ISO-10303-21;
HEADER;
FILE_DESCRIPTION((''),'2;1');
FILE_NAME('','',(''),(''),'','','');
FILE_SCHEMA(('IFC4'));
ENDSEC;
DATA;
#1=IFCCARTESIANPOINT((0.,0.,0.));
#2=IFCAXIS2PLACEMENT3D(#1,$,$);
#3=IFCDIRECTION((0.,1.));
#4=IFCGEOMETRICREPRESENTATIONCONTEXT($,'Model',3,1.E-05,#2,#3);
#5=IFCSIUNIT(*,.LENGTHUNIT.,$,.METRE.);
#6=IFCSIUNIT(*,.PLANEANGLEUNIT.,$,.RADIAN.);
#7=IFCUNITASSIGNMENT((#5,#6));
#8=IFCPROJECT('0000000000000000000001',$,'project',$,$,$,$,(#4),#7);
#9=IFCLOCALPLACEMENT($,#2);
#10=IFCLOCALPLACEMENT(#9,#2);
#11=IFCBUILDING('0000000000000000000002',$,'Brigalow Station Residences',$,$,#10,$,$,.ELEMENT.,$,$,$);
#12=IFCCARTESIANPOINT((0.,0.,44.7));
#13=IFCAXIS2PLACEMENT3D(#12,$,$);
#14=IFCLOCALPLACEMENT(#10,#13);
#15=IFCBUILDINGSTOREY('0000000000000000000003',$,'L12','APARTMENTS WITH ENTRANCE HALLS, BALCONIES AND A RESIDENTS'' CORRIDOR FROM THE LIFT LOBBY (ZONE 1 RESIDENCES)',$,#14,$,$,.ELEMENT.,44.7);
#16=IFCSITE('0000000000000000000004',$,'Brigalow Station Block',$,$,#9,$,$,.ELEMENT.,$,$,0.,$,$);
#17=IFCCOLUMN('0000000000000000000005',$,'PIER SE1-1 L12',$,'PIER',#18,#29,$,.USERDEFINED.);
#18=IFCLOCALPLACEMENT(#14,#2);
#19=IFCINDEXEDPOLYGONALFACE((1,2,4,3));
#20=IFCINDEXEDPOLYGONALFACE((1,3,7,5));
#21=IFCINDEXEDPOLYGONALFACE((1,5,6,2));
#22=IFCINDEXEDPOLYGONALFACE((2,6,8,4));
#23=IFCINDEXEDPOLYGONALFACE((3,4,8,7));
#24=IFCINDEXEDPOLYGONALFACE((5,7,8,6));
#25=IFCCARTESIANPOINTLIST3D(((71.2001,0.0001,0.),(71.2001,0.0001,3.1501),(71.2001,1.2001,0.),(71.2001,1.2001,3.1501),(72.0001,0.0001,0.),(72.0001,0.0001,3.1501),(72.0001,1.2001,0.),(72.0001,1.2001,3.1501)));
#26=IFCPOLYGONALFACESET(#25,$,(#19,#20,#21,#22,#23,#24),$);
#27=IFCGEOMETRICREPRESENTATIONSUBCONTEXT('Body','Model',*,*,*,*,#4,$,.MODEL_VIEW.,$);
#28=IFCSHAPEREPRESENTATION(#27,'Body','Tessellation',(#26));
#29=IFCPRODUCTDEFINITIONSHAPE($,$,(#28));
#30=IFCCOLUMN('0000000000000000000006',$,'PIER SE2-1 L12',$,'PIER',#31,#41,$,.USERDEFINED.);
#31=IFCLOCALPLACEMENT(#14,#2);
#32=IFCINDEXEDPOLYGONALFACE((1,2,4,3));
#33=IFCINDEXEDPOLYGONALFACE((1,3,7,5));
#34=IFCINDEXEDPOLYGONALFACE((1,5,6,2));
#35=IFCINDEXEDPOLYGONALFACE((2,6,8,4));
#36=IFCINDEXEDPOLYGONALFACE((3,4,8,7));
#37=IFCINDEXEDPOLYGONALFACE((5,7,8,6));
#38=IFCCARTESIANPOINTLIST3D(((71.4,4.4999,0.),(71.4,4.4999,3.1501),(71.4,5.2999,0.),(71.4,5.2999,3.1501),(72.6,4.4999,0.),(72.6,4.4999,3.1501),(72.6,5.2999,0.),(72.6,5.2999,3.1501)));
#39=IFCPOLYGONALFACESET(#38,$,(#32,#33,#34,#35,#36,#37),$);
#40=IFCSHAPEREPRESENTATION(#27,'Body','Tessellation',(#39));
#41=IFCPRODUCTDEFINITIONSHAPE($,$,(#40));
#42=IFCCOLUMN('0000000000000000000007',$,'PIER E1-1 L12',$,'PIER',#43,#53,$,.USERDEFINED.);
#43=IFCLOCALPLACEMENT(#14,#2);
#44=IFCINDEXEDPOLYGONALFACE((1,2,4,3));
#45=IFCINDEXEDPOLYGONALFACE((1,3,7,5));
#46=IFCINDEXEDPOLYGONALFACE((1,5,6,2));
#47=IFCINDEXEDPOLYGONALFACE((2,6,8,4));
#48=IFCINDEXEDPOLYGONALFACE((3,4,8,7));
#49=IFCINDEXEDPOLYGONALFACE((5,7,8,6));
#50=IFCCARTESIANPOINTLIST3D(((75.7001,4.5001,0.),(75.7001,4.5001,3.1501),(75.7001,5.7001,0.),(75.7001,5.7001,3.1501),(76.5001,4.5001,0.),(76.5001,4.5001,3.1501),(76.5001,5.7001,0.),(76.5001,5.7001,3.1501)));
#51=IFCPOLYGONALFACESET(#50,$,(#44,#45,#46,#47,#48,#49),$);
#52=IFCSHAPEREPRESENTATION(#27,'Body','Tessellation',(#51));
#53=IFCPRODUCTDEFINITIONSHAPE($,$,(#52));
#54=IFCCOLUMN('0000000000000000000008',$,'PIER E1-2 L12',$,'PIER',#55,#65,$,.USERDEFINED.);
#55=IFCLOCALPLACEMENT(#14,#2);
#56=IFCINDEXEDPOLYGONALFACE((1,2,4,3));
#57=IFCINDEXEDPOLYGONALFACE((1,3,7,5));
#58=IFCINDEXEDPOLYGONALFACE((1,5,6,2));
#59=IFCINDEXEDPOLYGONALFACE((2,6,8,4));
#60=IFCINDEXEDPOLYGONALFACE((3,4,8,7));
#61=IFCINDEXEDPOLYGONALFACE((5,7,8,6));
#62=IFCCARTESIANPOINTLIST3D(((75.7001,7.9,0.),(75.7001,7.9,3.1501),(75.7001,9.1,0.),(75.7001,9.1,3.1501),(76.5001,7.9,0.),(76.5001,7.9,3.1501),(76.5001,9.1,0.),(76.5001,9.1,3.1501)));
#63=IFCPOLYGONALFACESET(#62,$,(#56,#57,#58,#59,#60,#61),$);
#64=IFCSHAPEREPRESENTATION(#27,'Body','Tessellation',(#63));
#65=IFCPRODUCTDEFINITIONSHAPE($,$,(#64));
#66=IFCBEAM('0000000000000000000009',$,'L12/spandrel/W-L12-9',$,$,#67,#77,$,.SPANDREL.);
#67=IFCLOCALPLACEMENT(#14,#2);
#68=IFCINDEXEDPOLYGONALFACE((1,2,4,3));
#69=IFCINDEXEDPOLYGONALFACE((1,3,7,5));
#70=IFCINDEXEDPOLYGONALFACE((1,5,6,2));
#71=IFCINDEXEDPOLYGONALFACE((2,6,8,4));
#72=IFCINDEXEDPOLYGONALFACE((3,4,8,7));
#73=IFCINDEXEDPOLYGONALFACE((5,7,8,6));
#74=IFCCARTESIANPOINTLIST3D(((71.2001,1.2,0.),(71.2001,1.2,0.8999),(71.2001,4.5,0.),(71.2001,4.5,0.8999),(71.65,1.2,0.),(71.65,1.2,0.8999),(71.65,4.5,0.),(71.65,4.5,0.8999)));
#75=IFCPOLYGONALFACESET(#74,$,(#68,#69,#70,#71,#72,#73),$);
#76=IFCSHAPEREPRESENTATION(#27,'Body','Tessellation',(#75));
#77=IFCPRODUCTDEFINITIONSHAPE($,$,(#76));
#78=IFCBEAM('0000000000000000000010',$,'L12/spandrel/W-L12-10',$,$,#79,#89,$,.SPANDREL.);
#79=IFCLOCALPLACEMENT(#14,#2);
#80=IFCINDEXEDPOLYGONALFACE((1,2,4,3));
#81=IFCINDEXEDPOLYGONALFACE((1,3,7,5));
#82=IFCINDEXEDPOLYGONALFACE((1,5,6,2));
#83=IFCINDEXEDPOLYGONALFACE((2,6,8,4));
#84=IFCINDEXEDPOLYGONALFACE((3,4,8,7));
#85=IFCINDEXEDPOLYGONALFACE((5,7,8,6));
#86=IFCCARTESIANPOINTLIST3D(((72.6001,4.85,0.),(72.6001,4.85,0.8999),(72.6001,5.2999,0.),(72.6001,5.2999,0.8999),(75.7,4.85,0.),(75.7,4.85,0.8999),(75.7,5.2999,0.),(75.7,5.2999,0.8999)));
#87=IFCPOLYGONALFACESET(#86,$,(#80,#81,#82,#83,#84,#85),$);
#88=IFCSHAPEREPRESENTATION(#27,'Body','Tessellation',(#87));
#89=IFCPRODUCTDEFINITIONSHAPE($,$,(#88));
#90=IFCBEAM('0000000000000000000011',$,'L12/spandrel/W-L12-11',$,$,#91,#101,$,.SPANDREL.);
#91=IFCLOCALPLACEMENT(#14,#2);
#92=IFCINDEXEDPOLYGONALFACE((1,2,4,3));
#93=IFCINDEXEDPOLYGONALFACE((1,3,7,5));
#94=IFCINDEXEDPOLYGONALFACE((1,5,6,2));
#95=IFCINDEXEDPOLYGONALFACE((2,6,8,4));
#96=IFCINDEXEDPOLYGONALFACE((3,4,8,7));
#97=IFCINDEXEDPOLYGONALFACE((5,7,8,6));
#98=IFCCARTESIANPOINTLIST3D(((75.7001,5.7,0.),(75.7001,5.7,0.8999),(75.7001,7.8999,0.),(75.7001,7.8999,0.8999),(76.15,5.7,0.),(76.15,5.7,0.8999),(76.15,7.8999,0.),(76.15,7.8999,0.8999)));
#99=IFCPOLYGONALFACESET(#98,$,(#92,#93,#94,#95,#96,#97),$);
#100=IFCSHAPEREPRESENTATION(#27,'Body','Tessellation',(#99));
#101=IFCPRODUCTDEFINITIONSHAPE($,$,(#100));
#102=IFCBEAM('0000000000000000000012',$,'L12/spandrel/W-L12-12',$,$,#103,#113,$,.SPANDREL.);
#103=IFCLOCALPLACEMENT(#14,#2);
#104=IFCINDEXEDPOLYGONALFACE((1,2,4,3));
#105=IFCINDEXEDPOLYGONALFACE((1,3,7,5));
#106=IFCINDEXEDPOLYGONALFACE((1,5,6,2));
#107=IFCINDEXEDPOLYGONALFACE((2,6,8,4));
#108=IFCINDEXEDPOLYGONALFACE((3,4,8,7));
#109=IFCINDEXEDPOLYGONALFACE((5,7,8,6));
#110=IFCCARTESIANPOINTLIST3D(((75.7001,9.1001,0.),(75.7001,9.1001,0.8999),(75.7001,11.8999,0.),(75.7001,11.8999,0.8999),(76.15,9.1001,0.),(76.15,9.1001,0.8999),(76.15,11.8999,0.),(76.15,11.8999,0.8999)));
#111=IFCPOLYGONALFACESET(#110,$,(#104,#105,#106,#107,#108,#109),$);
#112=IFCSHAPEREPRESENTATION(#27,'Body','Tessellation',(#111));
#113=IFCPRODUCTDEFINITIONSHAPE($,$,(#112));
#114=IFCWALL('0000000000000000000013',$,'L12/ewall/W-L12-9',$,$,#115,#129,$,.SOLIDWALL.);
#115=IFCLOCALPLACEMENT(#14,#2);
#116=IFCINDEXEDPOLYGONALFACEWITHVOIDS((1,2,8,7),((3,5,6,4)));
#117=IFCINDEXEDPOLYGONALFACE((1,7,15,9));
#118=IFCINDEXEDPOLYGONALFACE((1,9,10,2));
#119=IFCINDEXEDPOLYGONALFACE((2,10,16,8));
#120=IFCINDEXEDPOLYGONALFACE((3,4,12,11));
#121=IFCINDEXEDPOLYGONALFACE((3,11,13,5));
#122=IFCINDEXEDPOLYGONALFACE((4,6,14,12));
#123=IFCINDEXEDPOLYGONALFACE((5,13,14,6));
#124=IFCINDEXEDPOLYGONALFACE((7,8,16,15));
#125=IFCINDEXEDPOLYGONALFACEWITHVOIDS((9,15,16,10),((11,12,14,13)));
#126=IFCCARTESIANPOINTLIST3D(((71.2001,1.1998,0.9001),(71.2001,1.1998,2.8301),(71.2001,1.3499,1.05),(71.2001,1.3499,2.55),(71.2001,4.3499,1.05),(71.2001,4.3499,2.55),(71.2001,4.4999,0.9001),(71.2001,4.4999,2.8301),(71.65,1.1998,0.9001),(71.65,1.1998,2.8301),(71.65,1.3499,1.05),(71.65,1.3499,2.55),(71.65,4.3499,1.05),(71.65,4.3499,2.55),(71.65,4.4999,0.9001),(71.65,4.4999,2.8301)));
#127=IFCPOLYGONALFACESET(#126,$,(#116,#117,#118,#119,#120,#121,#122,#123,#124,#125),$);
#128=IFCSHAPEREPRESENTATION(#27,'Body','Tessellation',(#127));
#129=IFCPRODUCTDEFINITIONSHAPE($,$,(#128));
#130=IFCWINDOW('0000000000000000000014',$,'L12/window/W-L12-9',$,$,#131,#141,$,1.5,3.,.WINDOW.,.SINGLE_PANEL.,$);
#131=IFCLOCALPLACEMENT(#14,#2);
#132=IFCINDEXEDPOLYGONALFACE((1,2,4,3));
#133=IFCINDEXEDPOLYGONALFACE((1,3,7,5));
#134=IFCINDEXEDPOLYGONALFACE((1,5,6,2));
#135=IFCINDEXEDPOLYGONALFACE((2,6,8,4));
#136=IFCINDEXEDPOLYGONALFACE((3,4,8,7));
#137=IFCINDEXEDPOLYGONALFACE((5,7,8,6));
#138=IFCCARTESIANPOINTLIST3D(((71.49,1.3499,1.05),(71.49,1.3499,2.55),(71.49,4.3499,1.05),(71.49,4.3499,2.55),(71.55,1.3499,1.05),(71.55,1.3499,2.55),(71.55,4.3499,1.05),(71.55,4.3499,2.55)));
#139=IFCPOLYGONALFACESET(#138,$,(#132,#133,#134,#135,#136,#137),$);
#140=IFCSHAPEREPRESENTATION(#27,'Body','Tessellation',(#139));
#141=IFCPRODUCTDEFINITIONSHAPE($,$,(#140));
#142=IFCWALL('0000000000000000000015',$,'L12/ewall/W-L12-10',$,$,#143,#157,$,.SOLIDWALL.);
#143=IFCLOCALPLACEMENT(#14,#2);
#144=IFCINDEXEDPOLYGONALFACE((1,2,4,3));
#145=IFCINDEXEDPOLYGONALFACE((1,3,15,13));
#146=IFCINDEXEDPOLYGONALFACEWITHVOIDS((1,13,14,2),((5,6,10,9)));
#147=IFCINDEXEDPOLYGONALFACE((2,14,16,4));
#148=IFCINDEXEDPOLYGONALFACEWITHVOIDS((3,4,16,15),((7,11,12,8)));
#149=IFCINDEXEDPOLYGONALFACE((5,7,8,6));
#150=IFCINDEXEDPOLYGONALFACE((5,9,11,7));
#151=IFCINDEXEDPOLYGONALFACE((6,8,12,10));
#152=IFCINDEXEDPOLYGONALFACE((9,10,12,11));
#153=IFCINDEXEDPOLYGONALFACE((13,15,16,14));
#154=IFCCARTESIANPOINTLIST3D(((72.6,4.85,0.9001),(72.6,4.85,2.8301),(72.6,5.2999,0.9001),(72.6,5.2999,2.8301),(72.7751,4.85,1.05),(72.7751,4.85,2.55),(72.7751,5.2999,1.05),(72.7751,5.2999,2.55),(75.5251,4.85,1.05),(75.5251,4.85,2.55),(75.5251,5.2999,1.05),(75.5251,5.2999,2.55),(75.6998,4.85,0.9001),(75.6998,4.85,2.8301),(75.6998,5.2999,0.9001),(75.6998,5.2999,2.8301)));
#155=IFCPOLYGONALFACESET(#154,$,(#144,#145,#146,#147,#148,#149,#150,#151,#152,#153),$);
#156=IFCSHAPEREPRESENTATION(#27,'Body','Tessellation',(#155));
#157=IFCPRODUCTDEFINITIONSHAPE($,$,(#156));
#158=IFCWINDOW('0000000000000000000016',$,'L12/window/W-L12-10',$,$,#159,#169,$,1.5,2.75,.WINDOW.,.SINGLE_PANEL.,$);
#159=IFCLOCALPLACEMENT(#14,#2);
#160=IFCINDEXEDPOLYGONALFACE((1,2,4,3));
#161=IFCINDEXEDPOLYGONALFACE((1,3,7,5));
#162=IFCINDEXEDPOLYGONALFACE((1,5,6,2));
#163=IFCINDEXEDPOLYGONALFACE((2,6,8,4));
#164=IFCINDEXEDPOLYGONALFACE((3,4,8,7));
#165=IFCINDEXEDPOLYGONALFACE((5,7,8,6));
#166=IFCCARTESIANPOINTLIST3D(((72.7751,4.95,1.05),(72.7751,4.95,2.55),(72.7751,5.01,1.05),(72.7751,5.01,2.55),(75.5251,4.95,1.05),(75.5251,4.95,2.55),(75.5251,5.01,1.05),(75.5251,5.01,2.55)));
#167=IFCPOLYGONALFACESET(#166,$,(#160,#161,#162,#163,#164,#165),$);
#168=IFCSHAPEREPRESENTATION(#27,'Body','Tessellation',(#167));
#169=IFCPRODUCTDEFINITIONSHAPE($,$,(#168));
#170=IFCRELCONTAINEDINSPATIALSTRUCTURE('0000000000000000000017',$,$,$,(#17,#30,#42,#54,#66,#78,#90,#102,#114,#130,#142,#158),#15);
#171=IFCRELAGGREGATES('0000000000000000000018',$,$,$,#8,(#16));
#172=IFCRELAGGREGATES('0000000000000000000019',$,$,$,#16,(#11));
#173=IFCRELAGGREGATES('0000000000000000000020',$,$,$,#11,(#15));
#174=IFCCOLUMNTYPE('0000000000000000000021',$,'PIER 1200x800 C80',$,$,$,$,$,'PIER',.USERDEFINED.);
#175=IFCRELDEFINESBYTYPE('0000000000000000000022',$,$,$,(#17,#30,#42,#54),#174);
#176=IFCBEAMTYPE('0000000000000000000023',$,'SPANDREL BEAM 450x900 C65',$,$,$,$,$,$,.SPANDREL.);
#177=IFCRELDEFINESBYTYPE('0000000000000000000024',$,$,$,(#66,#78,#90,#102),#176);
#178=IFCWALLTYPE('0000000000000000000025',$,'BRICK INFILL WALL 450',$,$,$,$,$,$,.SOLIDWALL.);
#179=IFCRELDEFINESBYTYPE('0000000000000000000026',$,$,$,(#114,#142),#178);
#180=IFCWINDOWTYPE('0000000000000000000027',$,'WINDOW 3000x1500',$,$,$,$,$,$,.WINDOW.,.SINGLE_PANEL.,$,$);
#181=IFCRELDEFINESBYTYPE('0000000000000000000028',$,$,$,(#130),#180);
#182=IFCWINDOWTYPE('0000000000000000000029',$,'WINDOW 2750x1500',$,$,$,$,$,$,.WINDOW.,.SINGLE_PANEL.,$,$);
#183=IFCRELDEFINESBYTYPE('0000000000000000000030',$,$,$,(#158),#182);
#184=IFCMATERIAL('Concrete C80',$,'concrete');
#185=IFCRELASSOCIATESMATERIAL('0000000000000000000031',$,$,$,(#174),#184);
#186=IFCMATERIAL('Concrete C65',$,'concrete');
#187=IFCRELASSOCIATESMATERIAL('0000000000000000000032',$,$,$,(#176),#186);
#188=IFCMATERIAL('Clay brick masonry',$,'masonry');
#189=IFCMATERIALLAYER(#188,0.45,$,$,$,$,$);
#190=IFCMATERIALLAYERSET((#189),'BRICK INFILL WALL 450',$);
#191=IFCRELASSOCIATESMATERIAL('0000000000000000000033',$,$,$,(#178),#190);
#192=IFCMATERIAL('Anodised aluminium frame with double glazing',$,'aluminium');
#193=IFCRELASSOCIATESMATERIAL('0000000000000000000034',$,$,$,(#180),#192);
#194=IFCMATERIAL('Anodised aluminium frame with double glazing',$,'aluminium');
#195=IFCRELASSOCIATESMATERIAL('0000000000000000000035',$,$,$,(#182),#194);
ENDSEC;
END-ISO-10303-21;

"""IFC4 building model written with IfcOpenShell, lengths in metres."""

from ifc_helpers import new_model, si_unit, direction, frame, frame_2d, origin, origin_2d, place, context, subcontext, project, spatial, rectangle, extrude, material, layer, layer_set, material_profile, profile_set, type_object, element, fill, save


model = new_model("IFC4")

# Units and contexts
model_context = context("Model", 3, precision=1e-05, world=origin(), true_north=direction((0.0, 1.0)))
body_context = subcontext(model_context, "Body", "Model", "MODEL_VIEW")
ifc_project = project(units=[si_unit("LENGTHUNIT", "METRE"), si_unit("PLANEANGLEUNIT", "RADIAN")], contexts=[model_context])

# Site, building, storey
site_placement = place(None, origin())
site = spatial("IfcSite", under=ifc_project, at=site_placement, Name="Brigalow Station Block", CompositionType="ELEMENT", RefElevation=0.0)
building_placement = place(site_placement, origin())
building = spatial("IfcBuilding", under=site, at=building_placement, Name="Brigalow Station Residences", CompositionType="ELEMENT")
storey_placement = place(building_placement, frame((0.0, 0.0, 44.7)))
storey = spatial("IfcBuildingStorey", under=building, at=storey_placement, Name="L12", Description="APARTMENTS WITH ENTRANCE HALLS, BALCONIES AND A RESIDENTS' CORRIDOR FROM THE LIFT LOBBY (ZONE 1 RESIDENCES)", CompositionType="ELEMENT", Elevation=44.7)

# Columns
ifc_material_1 = material(Name="Concrete C80", Category="concrete")
ifc_material_profile_1 = material_profile(ifc_material_1, rectangle(XDim=1.2, YDim=0.8, at=origin_2d()), Name="RC1200x800")
ifc_profile_set_1 = profile_set([ifc_material_profile_1], Name="Concrete C80")
column_type = type_object("IfcColumnType", Name="PIER 1200x800 C80", ElementType="PIER", PredefinedType="USERDEFINED", material=ifc_profile_set_1)
for number, where, z_axis, x_axis, name in (
    (1, (71.6001, 0.6001, 0.0), (0.0, 0.0, 1.0), (0.0, 1.0, 0.0), "PIER SE1-1 L12"),
    (2, (72.0, 4.8999, 0.0), (0.0, 0.0, 1.0), (1.0, 0.0, 0.0), "PIER SE2-1 L12"),
    (3, (76.1001, 5.1001, 0.0), (0.0, 0.0, 1.0), (0.0, 1.0, 0.0), "PIER E1-1 L12"),
    (4, (76.1001, 8.5, 0.0), (0.0, 0.0, 1.0), (0.0, 1.0, 0.0), "PIER E1-2 L12"),
):
    element("IfcColumn", number, at=place(storey_placement, frame(where, z_axis=z_axis, x_axis=x_axis)), inside=storey, type_object=column_type, Name=name, ObjectType="PIER", PredefinedType="USERDEFINED", context=body_context, shape_type="SweptSolid", body=[
        extrude(rectangle(XDim=1.2, YDim=0.8, at=origin_2d()), origin(), (0.0, 0.0, 1.0), 3.1501),
    ])

# Beams
ifc_material_2 = material(Name="Concrete C65", Category="concrete")
ifc_material_profile_2 = material_profile(ifc_material_2, rectangle(XDim=0.45, YDim=0.8999, at=origin_2d()), Name="RC450x900")
ifc_profile_set_2 = profile_set([ifc_material_profile_2], Name="Concrete C65")
beam_type = type_object("IfcBeamType", Name="SPANDREL BEAM 450x900 C65", PredefinedType="SPANDREL", material=ifc_profile_set_2)
beam_1_placement = place(storey_placement, frame((71.425, 1.2, 0.45), z_axis=(0.0, 1.0, 0.0), x_axis=(-1.0, 0.0, 0.0)))
element("IfcBeam", 5, at=beam_1_placement, inside=storey, type_object=beam_type, Name="L12/spandrel/W-L12-9", PredefinedType="SPANDREL", context=body_context, shape_type="SweptSolid", body=[
    extrude(rectangle(XDim=0.45, YDim=0.8999, at=origin_2d()), origin(), (0.0, 0.0, 1.0), 3.3),
])
beam_2_placement = place(storey_placement, frame((72.6001, 5.075, 0.45), z_axis=(1.0, 0.0, 0.0), x_axis=(0.0, 1.0, 0.0)))
element("IfcBeam", 6, at=beam_2_placement, inside=storey, type_object=beam_type, Name="L12/spandrel/W-L12-10", PredefinedType="SPANDREL", context=body_context, shape_type="SweptSolid", body=[
    extrude(rectangle(XDim=0.45, YDim=0.8999, at=origin_2d()), origin(), (0.0, 0.0, 1.0), 3.0999),
])
beam_3_placement = place(storey_placement, frame((75.925, 5.7, 0.45), z_axis=(0.0, 1.0, 0.0), x_axis=(-1.0, 0.0, 0.0)))
element("IfcBeam", 7, at=beam_3_placement, inside=storey, type_object=beam_type, Name="L12/spandrel/W-L12-11", PredefinedType="SPANDREL", context=body_context, shape_type="SweptSolid", body=[
    extrude(rectangle(XDim=0.45, YDim=0.8999, at=origin_2d()), origin(), (0.0, 0.0, 1.0), 2.2),
])
beam_4_placement = place(storey_placement, frame((75.925, 9.1001, 0.45), z_axis=(0.0, 1.0, 0.0), x_axis=(-1.0, 0.0, 0.0)))
element("IfcBeam", 8, at=beam_4_placement, inside=storey, type_object=beam_type, Name="L12/spandrel/W-L12-12", PredefinedType="SPANDREL", context=body_context, shape_type="SweptSolid", body=[
    extrude(rectangle(XDim=0.45, YDim=0.8999, at=origin_2d()), origin(), (0.0, 0.0, 1.0), 2.7998),
])

# Walls, openings, windows
ifc_material_3 = material(Name="Clay brick masonry", Category="masonry")
ifc_layer_1 = layer(ifc_material_3, 0.45)
ifc_layer_set_1 = layer_set([ifc_layer_1], Name="BRICK INFILL WALL 450")
wall_type_1 = type_object("IfcWallType", Name="BRICK INFILL WALL 450", PredefinedType="SOLIDWALL", material=ifc_layer_set_1)
wall_1_placement = place(storey_placement, frame((71.425, 1.2, 0.9001), z_axis=(0.0, 0.0, 1.0), x_axis=(0.0, 1.0, 0.0)))
wall_1 = element("IfcWall", 9, at=wall_1_placement, inside=storey, type_object=wall_type_1, Name="L12/ewall/W-L12-9", PredefinedType="SOLIDWALL", context=body_context, shape_type="SweptSolid", body=[
    extrude(rectangle(XDim=3.3, YDim=0.45, at=frame_2d((1.6499, 0.0))), origin(), (0.0, 0.0, 1.0), 1.9299),
])
opening_1_placement = place(wall_1_placement, frame((0.1499, 0.0, 0.1499)))
opening_1 = element("IfcOpeningElement", 10, at=opening_1_placement, cuts=wall_1, PredefinedType="OPENING", context=body_context, shape_type="SweptSolid", body=[
    extrude(rectangle(XDim=3.0, YDim=1.5, at=frame_2d((1.5, 0.75))), frame((0.0, 0.2349, 0.0), z_axis=(0.0, -1.0, 0.0), x_axis=(1.0, 0.0, 0.0)), (0.0, 0.0, 1.0), 0.47),
])
ifc_material_4 = material(Name="Anodised aluminium frame with double glazing", Category="aluminium")
window_type_1 = type_object("IfcWindowType", Name="WINDOW 3000x1500", PartitioningType="SINGLE_PANEL", PredefinedType="WINDOW", material=ifc_material_4)
window_1_placement = place(opening_1_placement, origin())
window_1 = element("IfcWindow", 11, at=window_1_placement, inside=storey, type_object=window_type_1, Name="L12/window/W-L12-9", OverallHeight=1.5, OverallWidth=3.0, PartitioningType="SINGLE_PANEL", PredefinedType="WINDOW", context=body_context, shape_type="SweptSolid", body=[
    extrude(rectangle(XDim=3.0, YDim=1.5, at=frame_2d((1.5, 0.75))), frame((0.0, -0.0649, 0.0), z_axis=(0.0, -1.0, 0.0), x_axis=(1.0, 0.0, 0.0)), (0.0, 0.0, 1.0), 0.0601),
])
fill(opening_1, window_1)
wall_2_placement = place(storey_placement, frame((72.6001, 5.075, 0.9001), z_axis=(0.0, 0.0, 1.0), x_axis=(1.0, 0.0, 0.0)))
wall_2 = element("IfcWall", 12, at=wall_2_placement, inside=storey, type_object=wall_type_1, Name="L12/ewall/W-L12-10", PredefinedType="SOLIDWALL", context=body_context, shape_type="SweptSolid", body=[
    extrude(rectangle(XDim=3.0999, YDim=0.45, at=frame_2d((1.5498, 0.0))), origin(), (0.0, 0.0, 1.0), 1.9299),
])
opening_2_placement = place(wall_2_placement, frame((0.175, 0.0, 0.1499)))
opening_2 = element("IfcOpeningElement", 13, at=opening_2_placement, cuts=wall_2, PredefinedType="OPENING", context=body_context, shape_type="SweptSolid", body=[
    extrude(rectangle(XDim=2.75, YDim=1.5, at=frame_2d((1.375, 0.75))), frame((0.0, 0.2349, 0.0), z_axis=(0.0, -1.0, 0.0), x_axis=(1.0, 0.0, 0.0)), (0.0, 0.0, 1.0), 0.47),
])
ifc_material_5 = material(Name="Anodised aluminium frame with double glazing", Category="aluminium")
window_type_2 = type_object("IfcWindowType", Name="WINDOW 2750x1500", PartitioningType="SINGLE_PANEL", PredefinedType="WINDOW", material=ifc_material_5)
window_2_placement = place(opening_2_placement, origin())
window_2 = element("IfcWindow", 14, at=window_2_placement, inside=storey, type_object=window_type_2, Name="L12/window/W-L12-10", OverallHeight=1.5, OverallWidth=2.75, PartitioningType="SINGLE_PANEL", PredefinedType="WINDOW", context=body_context, shape_type="SweptSolid", body=[
    extrude(rectangle(XDim=2.75, YDim=1.5, at=frame_2d((1.375, 0.75))), frame((0.0, -0.0649, 0.0), z_axis=(0.0, -1.0, 0.0), x_axis=(1.0, 0.0, 0.0)), (0.0, 0.0, 1.0), 0.0601),
])
fill(opening_2, window_2)

save(model, "model.ifc")
